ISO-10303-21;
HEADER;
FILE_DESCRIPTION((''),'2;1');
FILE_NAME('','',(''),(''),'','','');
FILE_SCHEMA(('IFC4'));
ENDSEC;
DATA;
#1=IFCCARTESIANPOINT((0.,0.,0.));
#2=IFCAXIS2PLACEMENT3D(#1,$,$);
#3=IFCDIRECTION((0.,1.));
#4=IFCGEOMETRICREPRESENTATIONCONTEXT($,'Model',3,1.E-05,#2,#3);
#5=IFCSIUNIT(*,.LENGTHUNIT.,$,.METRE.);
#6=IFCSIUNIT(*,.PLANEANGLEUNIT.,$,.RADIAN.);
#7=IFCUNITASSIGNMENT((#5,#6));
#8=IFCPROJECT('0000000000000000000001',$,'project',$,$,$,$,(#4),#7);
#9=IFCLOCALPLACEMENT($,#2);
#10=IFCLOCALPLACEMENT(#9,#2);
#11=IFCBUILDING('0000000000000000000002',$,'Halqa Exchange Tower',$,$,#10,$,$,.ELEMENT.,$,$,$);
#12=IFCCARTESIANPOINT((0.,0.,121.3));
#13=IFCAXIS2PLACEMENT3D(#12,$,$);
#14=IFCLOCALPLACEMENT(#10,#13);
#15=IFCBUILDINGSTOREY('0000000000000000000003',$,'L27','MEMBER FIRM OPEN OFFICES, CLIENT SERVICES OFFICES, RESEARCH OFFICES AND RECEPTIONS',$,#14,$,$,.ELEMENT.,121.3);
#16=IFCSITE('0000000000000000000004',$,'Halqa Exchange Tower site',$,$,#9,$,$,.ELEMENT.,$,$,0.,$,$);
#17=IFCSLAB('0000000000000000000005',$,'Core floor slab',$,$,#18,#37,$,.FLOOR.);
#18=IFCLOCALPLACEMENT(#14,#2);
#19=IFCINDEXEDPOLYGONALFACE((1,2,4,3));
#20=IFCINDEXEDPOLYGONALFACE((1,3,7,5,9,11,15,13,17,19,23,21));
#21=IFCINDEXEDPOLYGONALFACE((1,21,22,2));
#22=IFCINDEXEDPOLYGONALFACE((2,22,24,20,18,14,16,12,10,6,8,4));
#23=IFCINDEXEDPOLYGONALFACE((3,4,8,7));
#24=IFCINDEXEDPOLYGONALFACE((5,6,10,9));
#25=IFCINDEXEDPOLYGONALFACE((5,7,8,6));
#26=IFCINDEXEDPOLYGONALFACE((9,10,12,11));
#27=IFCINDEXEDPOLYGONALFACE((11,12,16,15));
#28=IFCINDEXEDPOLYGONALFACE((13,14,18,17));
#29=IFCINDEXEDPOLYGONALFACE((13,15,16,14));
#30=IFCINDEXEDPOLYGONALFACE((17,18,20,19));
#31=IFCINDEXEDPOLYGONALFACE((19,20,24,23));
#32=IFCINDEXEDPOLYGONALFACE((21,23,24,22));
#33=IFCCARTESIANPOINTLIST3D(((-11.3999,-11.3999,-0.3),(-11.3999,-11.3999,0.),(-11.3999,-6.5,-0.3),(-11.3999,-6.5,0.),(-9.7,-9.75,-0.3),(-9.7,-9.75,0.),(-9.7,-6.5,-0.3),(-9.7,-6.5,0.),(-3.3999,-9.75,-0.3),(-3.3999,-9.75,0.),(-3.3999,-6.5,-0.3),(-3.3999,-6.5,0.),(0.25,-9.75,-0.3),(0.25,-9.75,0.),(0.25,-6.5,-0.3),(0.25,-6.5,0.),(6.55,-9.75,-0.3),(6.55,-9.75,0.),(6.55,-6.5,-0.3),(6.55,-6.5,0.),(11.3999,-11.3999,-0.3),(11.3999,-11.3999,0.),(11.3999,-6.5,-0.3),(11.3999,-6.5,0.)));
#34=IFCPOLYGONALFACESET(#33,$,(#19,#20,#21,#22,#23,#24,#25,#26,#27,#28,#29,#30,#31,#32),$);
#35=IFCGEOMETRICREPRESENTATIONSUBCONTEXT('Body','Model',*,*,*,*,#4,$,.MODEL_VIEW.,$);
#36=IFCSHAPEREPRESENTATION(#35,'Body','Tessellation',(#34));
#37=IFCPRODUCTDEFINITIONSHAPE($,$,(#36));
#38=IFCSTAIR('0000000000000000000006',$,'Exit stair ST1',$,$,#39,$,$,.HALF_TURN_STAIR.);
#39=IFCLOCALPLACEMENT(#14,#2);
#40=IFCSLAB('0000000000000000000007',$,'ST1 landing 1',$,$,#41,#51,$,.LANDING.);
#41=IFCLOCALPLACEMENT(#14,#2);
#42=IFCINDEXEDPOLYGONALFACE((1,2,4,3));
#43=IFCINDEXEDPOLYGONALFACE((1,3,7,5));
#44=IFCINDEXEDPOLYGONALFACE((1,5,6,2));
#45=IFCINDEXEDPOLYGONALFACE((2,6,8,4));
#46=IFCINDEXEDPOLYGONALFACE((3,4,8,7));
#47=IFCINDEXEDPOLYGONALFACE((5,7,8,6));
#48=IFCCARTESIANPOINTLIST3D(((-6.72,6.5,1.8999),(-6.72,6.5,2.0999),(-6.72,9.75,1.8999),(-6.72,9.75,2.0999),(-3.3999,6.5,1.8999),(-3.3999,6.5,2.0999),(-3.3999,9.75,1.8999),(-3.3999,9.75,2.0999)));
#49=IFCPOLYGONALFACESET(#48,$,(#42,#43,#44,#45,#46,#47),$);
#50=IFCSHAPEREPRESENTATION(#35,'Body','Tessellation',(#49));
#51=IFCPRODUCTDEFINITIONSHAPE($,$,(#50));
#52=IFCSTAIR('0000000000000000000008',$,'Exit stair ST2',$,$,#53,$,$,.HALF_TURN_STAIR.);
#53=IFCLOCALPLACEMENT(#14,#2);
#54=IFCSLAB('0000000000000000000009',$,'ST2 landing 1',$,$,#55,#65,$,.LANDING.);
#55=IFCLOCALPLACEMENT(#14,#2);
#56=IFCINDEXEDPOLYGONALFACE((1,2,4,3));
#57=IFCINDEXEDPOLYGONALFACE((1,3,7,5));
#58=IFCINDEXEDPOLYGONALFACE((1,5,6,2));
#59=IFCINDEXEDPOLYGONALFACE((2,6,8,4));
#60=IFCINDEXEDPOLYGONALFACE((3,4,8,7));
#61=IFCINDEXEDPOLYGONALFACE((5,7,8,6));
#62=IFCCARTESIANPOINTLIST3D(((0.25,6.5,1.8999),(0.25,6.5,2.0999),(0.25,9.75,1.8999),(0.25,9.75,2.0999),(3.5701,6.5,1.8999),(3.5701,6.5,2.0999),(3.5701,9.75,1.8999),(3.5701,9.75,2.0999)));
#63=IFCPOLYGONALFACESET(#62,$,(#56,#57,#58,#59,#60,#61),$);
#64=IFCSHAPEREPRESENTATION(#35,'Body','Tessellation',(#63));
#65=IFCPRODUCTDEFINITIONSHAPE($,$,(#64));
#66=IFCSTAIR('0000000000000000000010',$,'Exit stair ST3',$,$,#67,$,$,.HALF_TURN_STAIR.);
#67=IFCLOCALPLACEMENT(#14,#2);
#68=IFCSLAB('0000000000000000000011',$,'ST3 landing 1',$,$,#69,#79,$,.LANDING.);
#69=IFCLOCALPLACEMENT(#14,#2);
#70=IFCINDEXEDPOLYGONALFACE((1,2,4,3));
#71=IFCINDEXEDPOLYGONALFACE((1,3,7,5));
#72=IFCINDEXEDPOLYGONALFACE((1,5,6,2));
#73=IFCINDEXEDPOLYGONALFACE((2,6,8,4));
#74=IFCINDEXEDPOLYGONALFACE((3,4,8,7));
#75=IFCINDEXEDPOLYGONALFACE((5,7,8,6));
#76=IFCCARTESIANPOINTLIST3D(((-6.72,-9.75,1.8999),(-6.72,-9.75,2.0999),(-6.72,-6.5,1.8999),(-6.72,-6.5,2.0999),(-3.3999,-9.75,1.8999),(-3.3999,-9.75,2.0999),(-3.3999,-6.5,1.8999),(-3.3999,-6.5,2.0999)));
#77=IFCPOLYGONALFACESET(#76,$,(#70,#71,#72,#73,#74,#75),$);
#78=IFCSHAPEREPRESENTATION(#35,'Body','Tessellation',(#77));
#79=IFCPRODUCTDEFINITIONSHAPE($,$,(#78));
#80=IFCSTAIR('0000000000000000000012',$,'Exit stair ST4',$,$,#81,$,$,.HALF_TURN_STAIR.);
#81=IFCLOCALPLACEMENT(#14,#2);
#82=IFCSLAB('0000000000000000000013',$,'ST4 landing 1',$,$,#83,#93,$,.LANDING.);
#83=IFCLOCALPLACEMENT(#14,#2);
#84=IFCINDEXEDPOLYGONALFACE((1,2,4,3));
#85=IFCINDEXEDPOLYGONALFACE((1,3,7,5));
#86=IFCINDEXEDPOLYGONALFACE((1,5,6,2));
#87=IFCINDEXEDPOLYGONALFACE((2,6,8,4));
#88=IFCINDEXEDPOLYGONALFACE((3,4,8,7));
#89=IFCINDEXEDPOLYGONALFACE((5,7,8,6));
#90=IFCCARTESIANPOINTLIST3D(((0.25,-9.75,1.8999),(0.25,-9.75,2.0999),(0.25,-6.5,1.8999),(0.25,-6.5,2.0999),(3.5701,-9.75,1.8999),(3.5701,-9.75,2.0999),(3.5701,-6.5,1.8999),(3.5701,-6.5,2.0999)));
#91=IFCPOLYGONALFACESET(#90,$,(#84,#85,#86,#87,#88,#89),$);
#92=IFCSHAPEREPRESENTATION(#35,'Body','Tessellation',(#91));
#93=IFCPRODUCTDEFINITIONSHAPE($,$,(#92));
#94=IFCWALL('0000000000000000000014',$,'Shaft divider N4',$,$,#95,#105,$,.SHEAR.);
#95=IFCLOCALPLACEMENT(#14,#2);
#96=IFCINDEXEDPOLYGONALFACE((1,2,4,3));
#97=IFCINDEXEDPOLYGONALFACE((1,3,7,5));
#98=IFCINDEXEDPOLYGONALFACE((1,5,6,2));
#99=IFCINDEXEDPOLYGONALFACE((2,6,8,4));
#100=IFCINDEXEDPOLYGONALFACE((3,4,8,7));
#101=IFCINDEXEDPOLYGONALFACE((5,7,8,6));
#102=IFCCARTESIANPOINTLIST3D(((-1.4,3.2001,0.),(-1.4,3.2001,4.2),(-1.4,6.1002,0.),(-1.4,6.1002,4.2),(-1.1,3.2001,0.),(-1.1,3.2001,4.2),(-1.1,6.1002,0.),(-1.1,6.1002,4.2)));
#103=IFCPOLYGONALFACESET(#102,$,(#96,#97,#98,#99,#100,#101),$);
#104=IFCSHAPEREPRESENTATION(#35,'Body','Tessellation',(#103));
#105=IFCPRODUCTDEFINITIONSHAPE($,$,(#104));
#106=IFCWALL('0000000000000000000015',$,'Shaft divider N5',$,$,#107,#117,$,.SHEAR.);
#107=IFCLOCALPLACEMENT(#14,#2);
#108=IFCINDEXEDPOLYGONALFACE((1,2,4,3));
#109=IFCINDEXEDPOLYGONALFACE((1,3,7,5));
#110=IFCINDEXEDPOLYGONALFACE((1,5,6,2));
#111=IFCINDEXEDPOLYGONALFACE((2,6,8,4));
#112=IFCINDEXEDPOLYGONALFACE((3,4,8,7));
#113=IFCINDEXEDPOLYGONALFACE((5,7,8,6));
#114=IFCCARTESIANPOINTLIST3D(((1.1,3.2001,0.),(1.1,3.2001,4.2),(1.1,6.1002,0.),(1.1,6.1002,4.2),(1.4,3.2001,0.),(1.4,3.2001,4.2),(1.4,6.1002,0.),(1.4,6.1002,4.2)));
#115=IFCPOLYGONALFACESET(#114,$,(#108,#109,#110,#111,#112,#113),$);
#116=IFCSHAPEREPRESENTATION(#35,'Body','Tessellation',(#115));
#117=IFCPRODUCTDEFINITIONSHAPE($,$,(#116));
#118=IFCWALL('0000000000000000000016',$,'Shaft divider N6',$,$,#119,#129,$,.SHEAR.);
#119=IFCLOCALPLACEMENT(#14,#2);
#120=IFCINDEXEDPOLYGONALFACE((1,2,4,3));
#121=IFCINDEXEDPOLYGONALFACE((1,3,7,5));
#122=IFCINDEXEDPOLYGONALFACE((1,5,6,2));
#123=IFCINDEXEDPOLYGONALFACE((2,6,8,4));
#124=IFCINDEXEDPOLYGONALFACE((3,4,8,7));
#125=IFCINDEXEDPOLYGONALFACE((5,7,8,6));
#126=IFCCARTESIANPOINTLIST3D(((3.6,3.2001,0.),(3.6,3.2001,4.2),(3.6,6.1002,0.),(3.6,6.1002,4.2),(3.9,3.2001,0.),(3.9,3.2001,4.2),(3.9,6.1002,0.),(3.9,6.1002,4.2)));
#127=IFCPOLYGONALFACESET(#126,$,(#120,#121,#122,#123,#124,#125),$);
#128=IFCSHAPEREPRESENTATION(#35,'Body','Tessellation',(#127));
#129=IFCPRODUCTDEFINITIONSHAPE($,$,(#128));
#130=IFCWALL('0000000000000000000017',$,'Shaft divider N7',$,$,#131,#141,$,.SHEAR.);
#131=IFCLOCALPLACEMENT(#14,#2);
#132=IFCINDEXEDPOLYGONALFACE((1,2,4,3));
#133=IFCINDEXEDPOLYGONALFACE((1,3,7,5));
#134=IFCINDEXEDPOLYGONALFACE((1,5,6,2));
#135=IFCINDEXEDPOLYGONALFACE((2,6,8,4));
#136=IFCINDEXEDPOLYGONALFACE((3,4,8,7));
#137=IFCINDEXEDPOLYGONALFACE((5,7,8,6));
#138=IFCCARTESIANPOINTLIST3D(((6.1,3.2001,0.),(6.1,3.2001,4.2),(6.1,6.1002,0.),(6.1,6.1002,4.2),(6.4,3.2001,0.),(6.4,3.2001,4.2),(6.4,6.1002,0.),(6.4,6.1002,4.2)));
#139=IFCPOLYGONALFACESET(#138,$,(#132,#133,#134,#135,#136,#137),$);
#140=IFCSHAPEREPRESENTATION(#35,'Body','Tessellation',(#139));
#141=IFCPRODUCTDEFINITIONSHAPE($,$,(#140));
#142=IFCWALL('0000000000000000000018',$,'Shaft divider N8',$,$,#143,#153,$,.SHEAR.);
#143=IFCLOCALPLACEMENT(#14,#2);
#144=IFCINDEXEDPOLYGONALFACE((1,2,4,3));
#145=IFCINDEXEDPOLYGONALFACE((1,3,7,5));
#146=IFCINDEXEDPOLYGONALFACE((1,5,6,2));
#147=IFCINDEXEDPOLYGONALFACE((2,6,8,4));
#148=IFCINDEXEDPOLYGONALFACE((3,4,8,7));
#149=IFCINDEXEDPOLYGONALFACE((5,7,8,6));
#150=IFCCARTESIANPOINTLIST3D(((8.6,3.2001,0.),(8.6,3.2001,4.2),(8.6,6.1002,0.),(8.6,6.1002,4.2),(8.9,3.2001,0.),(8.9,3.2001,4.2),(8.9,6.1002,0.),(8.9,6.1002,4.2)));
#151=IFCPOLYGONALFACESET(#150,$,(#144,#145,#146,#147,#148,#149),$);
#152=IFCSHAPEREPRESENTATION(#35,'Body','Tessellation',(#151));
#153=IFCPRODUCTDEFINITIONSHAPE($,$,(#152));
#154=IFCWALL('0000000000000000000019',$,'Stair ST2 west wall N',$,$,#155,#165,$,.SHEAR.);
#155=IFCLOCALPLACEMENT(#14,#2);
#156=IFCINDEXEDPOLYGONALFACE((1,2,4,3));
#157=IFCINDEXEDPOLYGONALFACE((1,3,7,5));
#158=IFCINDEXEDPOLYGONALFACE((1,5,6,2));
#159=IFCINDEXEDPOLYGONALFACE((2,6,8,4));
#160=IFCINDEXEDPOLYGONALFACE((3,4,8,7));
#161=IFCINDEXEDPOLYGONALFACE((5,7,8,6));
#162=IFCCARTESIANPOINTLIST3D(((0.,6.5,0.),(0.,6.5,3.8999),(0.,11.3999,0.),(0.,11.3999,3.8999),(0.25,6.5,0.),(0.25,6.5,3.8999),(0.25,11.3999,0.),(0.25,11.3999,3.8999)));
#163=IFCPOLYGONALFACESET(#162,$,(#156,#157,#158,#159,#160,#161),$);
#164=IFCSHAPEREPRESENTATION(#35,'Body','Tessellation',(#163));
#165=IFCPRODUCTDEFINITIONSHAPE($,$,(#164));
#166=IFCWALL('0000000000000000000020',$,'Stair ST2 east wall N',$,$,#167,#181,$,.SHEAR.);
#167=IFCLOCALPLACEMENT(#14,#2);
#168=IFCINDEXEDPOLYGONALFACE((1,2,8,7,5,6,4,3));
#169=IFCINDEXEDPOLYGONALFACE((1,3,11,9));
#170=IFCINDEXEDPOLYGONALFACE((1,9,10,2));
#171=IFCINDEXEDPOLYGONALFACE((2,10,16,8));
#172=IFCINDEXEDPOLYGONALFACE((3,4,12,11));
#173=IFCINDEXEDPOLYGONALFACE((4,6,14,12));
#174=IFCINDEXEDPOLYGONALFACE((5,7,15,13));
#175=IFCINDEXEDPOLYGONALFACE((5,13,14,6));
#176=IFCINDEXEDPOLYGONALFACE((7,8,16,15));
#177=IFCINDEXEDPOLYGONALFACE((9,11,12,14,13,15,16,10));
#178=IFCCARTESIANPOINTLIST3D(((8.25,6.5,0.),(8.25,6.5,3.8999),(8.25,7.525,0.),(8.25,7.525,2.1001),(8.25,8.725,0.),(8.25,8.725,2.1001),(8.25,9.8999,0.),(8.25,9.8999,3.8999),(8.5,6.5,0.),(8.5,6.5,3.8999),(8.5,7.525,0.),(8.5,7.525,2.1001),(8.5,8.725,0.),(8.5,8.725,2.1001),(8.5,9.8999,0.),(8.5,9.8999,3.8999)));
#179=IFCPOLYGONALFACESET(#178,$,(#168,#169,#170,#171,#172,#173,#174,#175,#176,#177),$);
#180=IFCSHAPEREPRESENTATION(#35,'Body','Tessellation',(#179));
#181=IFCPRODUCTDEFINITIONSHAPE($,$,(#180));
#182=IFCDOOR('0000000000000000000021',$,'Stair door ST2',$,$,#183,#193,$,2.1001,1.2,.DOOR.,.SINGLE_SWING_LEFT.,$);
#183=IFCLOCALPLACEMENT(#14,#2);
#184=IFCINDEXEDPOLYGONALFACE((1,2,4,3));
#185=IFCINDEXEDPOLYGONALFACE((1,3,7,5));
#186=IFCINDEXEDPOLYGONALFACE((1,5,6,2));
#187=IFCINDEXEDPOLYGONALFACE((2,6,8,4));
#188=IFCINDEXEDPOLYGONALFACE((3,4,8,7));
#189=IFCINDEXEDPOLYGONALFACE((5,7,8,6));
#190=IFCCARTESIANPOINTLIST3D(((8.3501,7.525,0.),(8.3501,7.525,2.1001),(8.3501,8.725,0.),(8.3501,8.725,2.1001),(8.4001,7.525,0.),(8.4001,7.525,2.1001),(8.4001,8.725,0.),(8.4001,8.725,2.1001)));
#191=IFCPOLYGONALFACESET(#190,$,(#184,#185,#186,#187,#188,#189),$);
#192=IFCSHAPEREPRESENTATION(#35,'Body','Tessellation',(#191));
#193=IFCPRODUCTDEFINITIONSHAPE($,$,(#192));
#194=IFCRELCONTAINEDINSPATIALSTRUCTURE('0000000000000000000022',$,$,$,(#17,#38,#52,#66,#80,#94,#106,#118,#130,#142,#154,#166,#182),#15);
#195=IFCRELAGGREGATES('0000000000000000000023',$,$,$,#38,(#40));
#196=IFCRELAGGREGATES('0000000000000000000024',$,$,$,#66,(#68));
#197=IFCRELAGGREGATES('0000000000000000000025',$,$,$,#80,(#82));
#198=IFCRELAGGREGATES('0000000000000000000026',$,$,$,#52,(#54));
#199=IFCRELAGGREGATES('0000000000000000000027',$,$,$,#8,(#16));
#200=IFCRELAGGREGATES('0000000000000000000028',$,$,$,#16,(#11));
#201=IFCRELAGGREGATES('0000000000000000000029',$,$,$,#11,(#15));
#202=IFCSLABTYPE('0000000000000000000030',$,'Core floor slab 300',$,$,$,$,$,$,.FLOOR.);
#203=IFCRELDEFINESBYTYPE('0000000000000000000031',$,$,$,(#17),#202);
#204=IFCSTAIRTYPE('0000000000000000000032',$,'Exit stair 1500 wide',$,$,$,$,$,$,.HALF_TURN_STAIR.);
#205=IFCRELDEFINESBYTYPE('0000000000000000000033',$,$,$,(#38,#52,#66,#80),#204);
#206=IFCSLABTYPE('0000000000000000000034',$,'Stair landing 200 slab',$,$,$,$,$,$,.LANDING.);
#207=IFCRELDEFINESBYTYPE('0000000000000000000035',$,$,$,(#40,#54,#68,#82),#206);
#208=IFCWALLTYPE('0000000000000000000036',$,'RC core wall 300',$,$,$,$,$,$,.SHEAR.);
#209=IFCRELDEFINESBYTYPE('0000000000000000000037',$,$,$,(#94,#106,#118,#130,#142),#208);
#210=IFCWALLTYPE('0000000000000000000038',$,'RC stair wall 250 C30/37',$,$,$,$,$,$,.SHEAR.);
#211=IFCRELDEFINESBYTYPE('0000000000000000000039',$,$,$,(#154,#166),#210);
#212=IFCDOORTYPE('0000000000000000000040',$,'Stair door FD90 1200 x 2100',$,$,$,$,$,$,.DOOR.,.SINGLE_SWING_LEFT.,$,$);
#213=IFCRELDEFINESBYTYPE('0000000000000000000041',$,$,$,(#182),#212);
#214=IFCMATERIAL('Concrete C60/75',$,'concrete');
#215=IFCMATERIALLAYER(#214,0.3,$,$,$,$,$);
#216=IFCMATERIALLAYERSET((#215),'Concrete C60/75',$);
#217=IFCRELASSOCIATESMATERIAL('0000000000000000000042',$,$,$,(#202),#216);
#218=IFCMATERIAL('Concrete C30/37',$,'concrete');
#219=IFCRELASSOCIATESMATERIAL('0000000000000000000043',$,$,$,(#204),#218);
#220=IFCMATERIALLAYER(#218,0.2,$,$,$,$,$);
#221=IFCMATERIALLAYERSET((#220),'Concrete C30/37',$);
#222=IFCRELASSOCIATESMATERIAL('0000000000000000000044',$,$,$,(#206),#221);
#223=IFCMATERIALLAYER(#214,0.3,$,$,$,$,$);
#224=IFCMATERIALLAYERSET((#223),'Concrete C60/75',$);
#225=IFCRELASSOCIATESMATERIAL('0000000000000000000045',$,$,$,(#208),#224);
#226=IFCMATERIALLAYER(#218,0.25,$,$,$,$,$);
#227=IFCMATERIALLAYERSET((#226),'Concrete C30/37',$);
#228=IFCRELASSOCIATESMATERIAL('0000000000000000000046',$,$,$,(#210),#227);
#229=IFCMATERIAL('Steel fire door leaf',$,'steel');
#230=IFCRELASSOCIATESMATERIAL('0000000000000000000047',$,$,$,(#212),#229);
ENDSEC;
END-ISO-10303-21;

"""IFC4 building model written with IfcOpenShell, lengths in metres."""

from ifc_helpers import new_model, si_unit, direction, frame, frame_2d, origin, place, context, subcontext, project, spatial, polyline, rectangle, outline, extrude, material, layer, layer_set, type_object, element, fill, aggregate, save


model = new_model("IFC4")

# Units and contexts
model_context = context("Model", 3, precision=1e-05, world=origin(), true_north=direction((0.0, 1.0)))
body_context = subcontext(model_context, "Body", "Model", "MODEL_VIEW")
ifc_project = project(units=[si_unit("LENGTHUNIT", "METRE"), si_unit("PLANEANGLEUNIT", "RADIAN")], contexts=[model_context])

# Site, building, storey
site_placement = place(None, origin())
site = spatial("IfcSite", under=ifc_project, at=site_placement, Name="Halqa Exchange Tower site", CompositionType="ELEMENT", RefElevation=0.0)
building_placement = place(site_placement, origin())
building = spatial("IfcBuilding", under=site, at=building_placement, Name="Halqa Exchange Tower", CompositionType="ELEMENT")
storey_placement = place(building_placement, frame((0.0, 0.0, 121.3)))
storey = spatial("IfcBuildingStorey", under=building, at=storey_placement, Name="L27", Description="MEMBER FIRM OPEN OFFICES, CLIENT SERVICES OFFICES, RESEARCH OFFICES AND RECEPTIONS", CompositionType="ELEMENT", Elevation=121.3)

# Slab
ifc_material_1 = material(Name="Concrete C60/75", Category="concrete")
ifc_layer_1 = layer(ifc_material_1, 0.3)
ifc_layer_set_1 = layer_set([ifc_layer_1], Name="Concrete C60/75")
slab_type_1 = type_object("IfcSlabType", Name="Core floor slab 300", PredefinedType="FLOOR", material=ifc_layer_set_1)
slab_1_placement = place(storey_placement, frame((0.0, 0.0, -0.3)))
element("IfcSlab", 1, at=slab_1_placement, inside=storey, type_object=slab_type_1, Name="Core floor slab", PredefinedType="FLOOR", context=body_context, shape_type="SweptSolid", body=[
    extrude(outline(polyline([(-9.7, -9.75), (-3.3999, -9.75), (-3.3999, -6.5), (0.25, -6.5), (0.25, -9.75), (6.55, -9.75), (6.55, -6.5), (11.3999, -6.5), (11.3999, -11.3999), (-11.3999, -11.3999), (-11.3999, -6.5), (-9.7, -6.5), (-9.7, -9.75)])), origin(), (0.0, 0.0, 1.0), 0.3),
])

# Stairs, slabs
ifc_material_2 = material(Name="Concrete C30/37", Category="concrete")
stair_type = type_object("IfcStairType", Name="Exit stair 1500 wide", PredefinedType="HALF_TURN_STAIR", material=ifc_material_2)
stair_1_placement = place(storey_placement, origin())
stair_1 = element("IfcStair", 2, at=stair_1_placement, inside=storey, type_object=stair_type, Name="Exit stair ST1", PredefinedType="HALF_TURN_STAIR")
ifc_layer_2 = layer(ifc_material_2, 0.2)
ifc_layer_set_2 = layer_set([ifc_layer_2], Name="Concrete C30/37")
slab_type_2 = type_object("IfcSlabType", Name="Stair landing 200 slab", PredefinedType="LANDING", material=ifc_layer_set_2)
slab_2_placement = place(storey_placement, frame((0.0, 0.0, 1.8999)))
slab_2 = element("IfcSlab", 3, at=slab_2_placement, type_object=slab_type_2, Name="ST1 landing 1", PredefinedType="LANDING", context=body_context, shape_type="SweptSolid", body=[
    extrude(outline(polyline([(-6.72, 6.5), (-3.3999, 6.5), (-3.3999, 9.75), (-6.72, 9.75), (-6.72, 6.5)])), origin(), (0.0, 0.0, 1.0), 0.2),
])
aggregate(stair_1, [slab_2])
stair_2_placement = place(storey_placement, origin())
stair_2 = element("IfcStair", 4, at=stair_2_placement, inside=storey, type_object=stair_type, Name="Exit stair ST2", PredefinedType="HALF_TURN_STAIR")
slab_3_placement = place(storey_placement, frame((0.0, 0.0, 1.8999)))
slab_3 = element("IfcSlab", 5, at=slab_3_placement, type_object=slab_type_2, Name="ST2 landing 1", PredefinedType="LANDING", context=body_context, shape_type="SweptSolid", body=[
    extrude(outline(polyline([(0.25, 6.5), (3.5701, 6.5), (3.5701, 9.75), (0.25, 9.75), (0.25, 6.5)])), origin(), (0.0, 0.0, 1.0), 0.2),
])
stair_3_placement = place(storey_placement, origin())
stair_3 = element("IfcStair", 6, at=stair_3_placement, inside=storey, type_object=stair_type, Name="Exit stair ST3", PredefinedType="HALF_TURN_STAIR")
slab_4_placement = place(storey_placement, frame((0.0, 0.0, 1.8999)))
slab_4 = element("IfcSlab", 7, at=slab_4_placement, type_object=slab_type_2, Name="ST3 landing 1", PredefinedType="LANDING", context=body_context, shape_type="SweptSolid", body=[
    extrude(outline(polyline([(-6.72, -9.75), (-3.3999, -9.75), (-3.3999, -6.5), (-6.72, -6.5), (-6.72, -9.75)])), origin(), (0.0, 0.0, 1.0), 0.2),
])
aggregate(stair_3, [slab_4])
stair_4_placement = place(storey_placement, origin())
stair_4 = element("IfcStair", 8, at=stair_4_placement, inside=storey, type_object=stair_type, Name="Exit stair ST4", PredefinedType="HALF_TURN_STAIR")
slab_5_placement = place(storey_placement, frame((0.0, 0.0, 1.8999)))
slab_5 = element("IfcSlab", 9, at=slab_5_placement, type_object=slab_type_2, Name="ST4 landing 1", PredefinedType="LANDING", context=body_context, shape_type="SweptSolid", body=[
    extrude(outline(polyline([(0.25, -9.75), (3.5701, -9.75), (3.5701, -6.5), (0.25, -6.5), (0.25, -9.75)])), origin(), (0.0, 0.0, 1.0), 0.2),
])
aggregate(stair_4, [slab_5])

# Walls
ifc_layer_3 = layer(ifc_material_1, 0.3)
ifc_layer_set_3 = layer_set([ifc_layer_3], Name="Concrete C60/75")
wall_type_1 = type_object("IfcWallType", Name="RC core wall 300", PredefinedType="SHEAR", material=ifc_layer_set_3)
for number, where, z_axis, x_axis, name in (
    (10, (-1.25, 3.2, 0.0), (0.0, 0.0, 1.0), (0.0, 1.0, 0.0), "Shaft divider N4"),
    (11, (1.25, 3.2, 0.0), (0.0, 0.0, 1.0), (0.0, 1.0, 0.0), "Shaft divider N5"),
    (12, (3.75, 3.2, 0.0), (0.0, 0.0, 1.0), (0.0, 1.0, 0.0), "Shaft divider N6"),
    (13, (6.25, 3.2, 0.0), (0.0, 0.0, 1.0), (0.0, 1.0, 0.0), "Shaft divider N7"),
    (14, (8.75, 3.2, 0.0), (0.0, 0.0, 1.0), (0.0, 1.0, 0.0), "Shaft divider N8"),
):
    element("IfcWall", number, at=place(storey_placement, frame(where, z_axis=z_axis, x_axis=x_axis)), inside=storey, type_object=wall_type_1, Name=name, PredefinedType="SHEAR", context=body_context, shape_type="SweptSolid", body=[
        extrude(rectangle(XDim=2.9001, YDim=0.3, at=frame_2d((1.4502, 0.0))), origin(), (0.0, 0.0, 1.0), 4.2),
    ])
ifc_layer_4 = layer(ifc_material_2, 0.25)
ifc_layer_set_4 = layer_set([ifc_layer_4], Name="Concrete C30/37")
wall_type_2 = type_object("IfcWallType", Name="RC stair wall 250 C30/37", PredefinedType="SHEAR", material=ifc_layer_set_4)
wall_1_placement = place(storey_placement, frame((0.125, 6.5, 0.0), z_axis=(0.0, 0.0, 1.0), x_axis=(0.0, 1.0, 0.0)))
element("IfcWall", 15, at=wall_1_placement, inside=storey, type_object=wall_type_2, Name="Stair ST2 west wall N", PredefinedType="SHEAR", context=body_context, shape_type="SweptSolid", body=[
    extrude(rectangle(XDim=4.8999, YDim=0.25, at=frame_2d((2.45, 0.0))), origin(), (0.0, 0.0, 1.0), 3.8999),
])

# Wall, opening, door
wall_2_placement = place(storey_placement, frame((8.375, 6.5, 0.0), z_axis=(0.0, 0.0, 1.0), x_axis=(0.0, 1.0, 0.0)))
wall_2 = element("IfcWall", 16, at=wall_2_placement, inside=storey, type_object=wall_type_2, Name="Stair ST2 east wall N", PredefinedType="SHEAR", context=body_context, shape_type="SweptSolid", body=[
    extrude(rectangle(XDim=3.3999, YDim=0.25, at=frame_2d((1.7, 0.0))), origin(), (0.0, 0.0, 1.0), 3.8999),
])
opening_placement = place(wall_2_placement, frame((1.0249, 0.0, 0.0)))
opening = element("IfcOpeningElement", 17, at=opening_placement, cuts=wall_2, PredefinedType="OPENING", context=body_context, shape_type="SweptSolid", body=[
    extrude(rectangle(XDim=1.2, YDim=2.1001, at=frame_2d((0.6001, 1.05))), frame((0.0, 0.137, 0.0), z_axis=(0.0, -1.0, 0.0), x_axis=(1.0, 0.0, 0.0)), (0.0, 0.0, 1.0), 0.2739),
])
ifc_material_3 = material(Name="Steel fire door leaf", Category="steel")
door_type = type_object("IfcDoorType", Name="Stair door FD90 1200 x 2100", OperationType="SINGLE_SWING_LEFT", PredefinedType="DOOR", material=ifc_material_3)
door_placement = place(opening_placement, origin())
door = element("IfcDoor", 18, at=door_placement, inside=storey, type_object=door_type, Name="Stair door ST2", OperationType="SINGLE_SWING_LEFT", OverallHeight=2.1001, OverallWidth=1.2, PredefinedType="DOOR", context=body_context, shape_type="SweptSolid", body=[
    extrude(rectangle(XDim=1.2, YDim=2.1001, at=frame_2d((0.6001, 1.05))), frame((0.0, 0.0249, 0.0), z_axis=(0.0, -1.0, 0.0), x_axis=(1.0, 0.0, 0.0)), (0.0, 0.0, 1.0), 0.05),
])
fill(opening, door)

aggregate(stair_2, [slab_3])

save(model, "model.ifc")
